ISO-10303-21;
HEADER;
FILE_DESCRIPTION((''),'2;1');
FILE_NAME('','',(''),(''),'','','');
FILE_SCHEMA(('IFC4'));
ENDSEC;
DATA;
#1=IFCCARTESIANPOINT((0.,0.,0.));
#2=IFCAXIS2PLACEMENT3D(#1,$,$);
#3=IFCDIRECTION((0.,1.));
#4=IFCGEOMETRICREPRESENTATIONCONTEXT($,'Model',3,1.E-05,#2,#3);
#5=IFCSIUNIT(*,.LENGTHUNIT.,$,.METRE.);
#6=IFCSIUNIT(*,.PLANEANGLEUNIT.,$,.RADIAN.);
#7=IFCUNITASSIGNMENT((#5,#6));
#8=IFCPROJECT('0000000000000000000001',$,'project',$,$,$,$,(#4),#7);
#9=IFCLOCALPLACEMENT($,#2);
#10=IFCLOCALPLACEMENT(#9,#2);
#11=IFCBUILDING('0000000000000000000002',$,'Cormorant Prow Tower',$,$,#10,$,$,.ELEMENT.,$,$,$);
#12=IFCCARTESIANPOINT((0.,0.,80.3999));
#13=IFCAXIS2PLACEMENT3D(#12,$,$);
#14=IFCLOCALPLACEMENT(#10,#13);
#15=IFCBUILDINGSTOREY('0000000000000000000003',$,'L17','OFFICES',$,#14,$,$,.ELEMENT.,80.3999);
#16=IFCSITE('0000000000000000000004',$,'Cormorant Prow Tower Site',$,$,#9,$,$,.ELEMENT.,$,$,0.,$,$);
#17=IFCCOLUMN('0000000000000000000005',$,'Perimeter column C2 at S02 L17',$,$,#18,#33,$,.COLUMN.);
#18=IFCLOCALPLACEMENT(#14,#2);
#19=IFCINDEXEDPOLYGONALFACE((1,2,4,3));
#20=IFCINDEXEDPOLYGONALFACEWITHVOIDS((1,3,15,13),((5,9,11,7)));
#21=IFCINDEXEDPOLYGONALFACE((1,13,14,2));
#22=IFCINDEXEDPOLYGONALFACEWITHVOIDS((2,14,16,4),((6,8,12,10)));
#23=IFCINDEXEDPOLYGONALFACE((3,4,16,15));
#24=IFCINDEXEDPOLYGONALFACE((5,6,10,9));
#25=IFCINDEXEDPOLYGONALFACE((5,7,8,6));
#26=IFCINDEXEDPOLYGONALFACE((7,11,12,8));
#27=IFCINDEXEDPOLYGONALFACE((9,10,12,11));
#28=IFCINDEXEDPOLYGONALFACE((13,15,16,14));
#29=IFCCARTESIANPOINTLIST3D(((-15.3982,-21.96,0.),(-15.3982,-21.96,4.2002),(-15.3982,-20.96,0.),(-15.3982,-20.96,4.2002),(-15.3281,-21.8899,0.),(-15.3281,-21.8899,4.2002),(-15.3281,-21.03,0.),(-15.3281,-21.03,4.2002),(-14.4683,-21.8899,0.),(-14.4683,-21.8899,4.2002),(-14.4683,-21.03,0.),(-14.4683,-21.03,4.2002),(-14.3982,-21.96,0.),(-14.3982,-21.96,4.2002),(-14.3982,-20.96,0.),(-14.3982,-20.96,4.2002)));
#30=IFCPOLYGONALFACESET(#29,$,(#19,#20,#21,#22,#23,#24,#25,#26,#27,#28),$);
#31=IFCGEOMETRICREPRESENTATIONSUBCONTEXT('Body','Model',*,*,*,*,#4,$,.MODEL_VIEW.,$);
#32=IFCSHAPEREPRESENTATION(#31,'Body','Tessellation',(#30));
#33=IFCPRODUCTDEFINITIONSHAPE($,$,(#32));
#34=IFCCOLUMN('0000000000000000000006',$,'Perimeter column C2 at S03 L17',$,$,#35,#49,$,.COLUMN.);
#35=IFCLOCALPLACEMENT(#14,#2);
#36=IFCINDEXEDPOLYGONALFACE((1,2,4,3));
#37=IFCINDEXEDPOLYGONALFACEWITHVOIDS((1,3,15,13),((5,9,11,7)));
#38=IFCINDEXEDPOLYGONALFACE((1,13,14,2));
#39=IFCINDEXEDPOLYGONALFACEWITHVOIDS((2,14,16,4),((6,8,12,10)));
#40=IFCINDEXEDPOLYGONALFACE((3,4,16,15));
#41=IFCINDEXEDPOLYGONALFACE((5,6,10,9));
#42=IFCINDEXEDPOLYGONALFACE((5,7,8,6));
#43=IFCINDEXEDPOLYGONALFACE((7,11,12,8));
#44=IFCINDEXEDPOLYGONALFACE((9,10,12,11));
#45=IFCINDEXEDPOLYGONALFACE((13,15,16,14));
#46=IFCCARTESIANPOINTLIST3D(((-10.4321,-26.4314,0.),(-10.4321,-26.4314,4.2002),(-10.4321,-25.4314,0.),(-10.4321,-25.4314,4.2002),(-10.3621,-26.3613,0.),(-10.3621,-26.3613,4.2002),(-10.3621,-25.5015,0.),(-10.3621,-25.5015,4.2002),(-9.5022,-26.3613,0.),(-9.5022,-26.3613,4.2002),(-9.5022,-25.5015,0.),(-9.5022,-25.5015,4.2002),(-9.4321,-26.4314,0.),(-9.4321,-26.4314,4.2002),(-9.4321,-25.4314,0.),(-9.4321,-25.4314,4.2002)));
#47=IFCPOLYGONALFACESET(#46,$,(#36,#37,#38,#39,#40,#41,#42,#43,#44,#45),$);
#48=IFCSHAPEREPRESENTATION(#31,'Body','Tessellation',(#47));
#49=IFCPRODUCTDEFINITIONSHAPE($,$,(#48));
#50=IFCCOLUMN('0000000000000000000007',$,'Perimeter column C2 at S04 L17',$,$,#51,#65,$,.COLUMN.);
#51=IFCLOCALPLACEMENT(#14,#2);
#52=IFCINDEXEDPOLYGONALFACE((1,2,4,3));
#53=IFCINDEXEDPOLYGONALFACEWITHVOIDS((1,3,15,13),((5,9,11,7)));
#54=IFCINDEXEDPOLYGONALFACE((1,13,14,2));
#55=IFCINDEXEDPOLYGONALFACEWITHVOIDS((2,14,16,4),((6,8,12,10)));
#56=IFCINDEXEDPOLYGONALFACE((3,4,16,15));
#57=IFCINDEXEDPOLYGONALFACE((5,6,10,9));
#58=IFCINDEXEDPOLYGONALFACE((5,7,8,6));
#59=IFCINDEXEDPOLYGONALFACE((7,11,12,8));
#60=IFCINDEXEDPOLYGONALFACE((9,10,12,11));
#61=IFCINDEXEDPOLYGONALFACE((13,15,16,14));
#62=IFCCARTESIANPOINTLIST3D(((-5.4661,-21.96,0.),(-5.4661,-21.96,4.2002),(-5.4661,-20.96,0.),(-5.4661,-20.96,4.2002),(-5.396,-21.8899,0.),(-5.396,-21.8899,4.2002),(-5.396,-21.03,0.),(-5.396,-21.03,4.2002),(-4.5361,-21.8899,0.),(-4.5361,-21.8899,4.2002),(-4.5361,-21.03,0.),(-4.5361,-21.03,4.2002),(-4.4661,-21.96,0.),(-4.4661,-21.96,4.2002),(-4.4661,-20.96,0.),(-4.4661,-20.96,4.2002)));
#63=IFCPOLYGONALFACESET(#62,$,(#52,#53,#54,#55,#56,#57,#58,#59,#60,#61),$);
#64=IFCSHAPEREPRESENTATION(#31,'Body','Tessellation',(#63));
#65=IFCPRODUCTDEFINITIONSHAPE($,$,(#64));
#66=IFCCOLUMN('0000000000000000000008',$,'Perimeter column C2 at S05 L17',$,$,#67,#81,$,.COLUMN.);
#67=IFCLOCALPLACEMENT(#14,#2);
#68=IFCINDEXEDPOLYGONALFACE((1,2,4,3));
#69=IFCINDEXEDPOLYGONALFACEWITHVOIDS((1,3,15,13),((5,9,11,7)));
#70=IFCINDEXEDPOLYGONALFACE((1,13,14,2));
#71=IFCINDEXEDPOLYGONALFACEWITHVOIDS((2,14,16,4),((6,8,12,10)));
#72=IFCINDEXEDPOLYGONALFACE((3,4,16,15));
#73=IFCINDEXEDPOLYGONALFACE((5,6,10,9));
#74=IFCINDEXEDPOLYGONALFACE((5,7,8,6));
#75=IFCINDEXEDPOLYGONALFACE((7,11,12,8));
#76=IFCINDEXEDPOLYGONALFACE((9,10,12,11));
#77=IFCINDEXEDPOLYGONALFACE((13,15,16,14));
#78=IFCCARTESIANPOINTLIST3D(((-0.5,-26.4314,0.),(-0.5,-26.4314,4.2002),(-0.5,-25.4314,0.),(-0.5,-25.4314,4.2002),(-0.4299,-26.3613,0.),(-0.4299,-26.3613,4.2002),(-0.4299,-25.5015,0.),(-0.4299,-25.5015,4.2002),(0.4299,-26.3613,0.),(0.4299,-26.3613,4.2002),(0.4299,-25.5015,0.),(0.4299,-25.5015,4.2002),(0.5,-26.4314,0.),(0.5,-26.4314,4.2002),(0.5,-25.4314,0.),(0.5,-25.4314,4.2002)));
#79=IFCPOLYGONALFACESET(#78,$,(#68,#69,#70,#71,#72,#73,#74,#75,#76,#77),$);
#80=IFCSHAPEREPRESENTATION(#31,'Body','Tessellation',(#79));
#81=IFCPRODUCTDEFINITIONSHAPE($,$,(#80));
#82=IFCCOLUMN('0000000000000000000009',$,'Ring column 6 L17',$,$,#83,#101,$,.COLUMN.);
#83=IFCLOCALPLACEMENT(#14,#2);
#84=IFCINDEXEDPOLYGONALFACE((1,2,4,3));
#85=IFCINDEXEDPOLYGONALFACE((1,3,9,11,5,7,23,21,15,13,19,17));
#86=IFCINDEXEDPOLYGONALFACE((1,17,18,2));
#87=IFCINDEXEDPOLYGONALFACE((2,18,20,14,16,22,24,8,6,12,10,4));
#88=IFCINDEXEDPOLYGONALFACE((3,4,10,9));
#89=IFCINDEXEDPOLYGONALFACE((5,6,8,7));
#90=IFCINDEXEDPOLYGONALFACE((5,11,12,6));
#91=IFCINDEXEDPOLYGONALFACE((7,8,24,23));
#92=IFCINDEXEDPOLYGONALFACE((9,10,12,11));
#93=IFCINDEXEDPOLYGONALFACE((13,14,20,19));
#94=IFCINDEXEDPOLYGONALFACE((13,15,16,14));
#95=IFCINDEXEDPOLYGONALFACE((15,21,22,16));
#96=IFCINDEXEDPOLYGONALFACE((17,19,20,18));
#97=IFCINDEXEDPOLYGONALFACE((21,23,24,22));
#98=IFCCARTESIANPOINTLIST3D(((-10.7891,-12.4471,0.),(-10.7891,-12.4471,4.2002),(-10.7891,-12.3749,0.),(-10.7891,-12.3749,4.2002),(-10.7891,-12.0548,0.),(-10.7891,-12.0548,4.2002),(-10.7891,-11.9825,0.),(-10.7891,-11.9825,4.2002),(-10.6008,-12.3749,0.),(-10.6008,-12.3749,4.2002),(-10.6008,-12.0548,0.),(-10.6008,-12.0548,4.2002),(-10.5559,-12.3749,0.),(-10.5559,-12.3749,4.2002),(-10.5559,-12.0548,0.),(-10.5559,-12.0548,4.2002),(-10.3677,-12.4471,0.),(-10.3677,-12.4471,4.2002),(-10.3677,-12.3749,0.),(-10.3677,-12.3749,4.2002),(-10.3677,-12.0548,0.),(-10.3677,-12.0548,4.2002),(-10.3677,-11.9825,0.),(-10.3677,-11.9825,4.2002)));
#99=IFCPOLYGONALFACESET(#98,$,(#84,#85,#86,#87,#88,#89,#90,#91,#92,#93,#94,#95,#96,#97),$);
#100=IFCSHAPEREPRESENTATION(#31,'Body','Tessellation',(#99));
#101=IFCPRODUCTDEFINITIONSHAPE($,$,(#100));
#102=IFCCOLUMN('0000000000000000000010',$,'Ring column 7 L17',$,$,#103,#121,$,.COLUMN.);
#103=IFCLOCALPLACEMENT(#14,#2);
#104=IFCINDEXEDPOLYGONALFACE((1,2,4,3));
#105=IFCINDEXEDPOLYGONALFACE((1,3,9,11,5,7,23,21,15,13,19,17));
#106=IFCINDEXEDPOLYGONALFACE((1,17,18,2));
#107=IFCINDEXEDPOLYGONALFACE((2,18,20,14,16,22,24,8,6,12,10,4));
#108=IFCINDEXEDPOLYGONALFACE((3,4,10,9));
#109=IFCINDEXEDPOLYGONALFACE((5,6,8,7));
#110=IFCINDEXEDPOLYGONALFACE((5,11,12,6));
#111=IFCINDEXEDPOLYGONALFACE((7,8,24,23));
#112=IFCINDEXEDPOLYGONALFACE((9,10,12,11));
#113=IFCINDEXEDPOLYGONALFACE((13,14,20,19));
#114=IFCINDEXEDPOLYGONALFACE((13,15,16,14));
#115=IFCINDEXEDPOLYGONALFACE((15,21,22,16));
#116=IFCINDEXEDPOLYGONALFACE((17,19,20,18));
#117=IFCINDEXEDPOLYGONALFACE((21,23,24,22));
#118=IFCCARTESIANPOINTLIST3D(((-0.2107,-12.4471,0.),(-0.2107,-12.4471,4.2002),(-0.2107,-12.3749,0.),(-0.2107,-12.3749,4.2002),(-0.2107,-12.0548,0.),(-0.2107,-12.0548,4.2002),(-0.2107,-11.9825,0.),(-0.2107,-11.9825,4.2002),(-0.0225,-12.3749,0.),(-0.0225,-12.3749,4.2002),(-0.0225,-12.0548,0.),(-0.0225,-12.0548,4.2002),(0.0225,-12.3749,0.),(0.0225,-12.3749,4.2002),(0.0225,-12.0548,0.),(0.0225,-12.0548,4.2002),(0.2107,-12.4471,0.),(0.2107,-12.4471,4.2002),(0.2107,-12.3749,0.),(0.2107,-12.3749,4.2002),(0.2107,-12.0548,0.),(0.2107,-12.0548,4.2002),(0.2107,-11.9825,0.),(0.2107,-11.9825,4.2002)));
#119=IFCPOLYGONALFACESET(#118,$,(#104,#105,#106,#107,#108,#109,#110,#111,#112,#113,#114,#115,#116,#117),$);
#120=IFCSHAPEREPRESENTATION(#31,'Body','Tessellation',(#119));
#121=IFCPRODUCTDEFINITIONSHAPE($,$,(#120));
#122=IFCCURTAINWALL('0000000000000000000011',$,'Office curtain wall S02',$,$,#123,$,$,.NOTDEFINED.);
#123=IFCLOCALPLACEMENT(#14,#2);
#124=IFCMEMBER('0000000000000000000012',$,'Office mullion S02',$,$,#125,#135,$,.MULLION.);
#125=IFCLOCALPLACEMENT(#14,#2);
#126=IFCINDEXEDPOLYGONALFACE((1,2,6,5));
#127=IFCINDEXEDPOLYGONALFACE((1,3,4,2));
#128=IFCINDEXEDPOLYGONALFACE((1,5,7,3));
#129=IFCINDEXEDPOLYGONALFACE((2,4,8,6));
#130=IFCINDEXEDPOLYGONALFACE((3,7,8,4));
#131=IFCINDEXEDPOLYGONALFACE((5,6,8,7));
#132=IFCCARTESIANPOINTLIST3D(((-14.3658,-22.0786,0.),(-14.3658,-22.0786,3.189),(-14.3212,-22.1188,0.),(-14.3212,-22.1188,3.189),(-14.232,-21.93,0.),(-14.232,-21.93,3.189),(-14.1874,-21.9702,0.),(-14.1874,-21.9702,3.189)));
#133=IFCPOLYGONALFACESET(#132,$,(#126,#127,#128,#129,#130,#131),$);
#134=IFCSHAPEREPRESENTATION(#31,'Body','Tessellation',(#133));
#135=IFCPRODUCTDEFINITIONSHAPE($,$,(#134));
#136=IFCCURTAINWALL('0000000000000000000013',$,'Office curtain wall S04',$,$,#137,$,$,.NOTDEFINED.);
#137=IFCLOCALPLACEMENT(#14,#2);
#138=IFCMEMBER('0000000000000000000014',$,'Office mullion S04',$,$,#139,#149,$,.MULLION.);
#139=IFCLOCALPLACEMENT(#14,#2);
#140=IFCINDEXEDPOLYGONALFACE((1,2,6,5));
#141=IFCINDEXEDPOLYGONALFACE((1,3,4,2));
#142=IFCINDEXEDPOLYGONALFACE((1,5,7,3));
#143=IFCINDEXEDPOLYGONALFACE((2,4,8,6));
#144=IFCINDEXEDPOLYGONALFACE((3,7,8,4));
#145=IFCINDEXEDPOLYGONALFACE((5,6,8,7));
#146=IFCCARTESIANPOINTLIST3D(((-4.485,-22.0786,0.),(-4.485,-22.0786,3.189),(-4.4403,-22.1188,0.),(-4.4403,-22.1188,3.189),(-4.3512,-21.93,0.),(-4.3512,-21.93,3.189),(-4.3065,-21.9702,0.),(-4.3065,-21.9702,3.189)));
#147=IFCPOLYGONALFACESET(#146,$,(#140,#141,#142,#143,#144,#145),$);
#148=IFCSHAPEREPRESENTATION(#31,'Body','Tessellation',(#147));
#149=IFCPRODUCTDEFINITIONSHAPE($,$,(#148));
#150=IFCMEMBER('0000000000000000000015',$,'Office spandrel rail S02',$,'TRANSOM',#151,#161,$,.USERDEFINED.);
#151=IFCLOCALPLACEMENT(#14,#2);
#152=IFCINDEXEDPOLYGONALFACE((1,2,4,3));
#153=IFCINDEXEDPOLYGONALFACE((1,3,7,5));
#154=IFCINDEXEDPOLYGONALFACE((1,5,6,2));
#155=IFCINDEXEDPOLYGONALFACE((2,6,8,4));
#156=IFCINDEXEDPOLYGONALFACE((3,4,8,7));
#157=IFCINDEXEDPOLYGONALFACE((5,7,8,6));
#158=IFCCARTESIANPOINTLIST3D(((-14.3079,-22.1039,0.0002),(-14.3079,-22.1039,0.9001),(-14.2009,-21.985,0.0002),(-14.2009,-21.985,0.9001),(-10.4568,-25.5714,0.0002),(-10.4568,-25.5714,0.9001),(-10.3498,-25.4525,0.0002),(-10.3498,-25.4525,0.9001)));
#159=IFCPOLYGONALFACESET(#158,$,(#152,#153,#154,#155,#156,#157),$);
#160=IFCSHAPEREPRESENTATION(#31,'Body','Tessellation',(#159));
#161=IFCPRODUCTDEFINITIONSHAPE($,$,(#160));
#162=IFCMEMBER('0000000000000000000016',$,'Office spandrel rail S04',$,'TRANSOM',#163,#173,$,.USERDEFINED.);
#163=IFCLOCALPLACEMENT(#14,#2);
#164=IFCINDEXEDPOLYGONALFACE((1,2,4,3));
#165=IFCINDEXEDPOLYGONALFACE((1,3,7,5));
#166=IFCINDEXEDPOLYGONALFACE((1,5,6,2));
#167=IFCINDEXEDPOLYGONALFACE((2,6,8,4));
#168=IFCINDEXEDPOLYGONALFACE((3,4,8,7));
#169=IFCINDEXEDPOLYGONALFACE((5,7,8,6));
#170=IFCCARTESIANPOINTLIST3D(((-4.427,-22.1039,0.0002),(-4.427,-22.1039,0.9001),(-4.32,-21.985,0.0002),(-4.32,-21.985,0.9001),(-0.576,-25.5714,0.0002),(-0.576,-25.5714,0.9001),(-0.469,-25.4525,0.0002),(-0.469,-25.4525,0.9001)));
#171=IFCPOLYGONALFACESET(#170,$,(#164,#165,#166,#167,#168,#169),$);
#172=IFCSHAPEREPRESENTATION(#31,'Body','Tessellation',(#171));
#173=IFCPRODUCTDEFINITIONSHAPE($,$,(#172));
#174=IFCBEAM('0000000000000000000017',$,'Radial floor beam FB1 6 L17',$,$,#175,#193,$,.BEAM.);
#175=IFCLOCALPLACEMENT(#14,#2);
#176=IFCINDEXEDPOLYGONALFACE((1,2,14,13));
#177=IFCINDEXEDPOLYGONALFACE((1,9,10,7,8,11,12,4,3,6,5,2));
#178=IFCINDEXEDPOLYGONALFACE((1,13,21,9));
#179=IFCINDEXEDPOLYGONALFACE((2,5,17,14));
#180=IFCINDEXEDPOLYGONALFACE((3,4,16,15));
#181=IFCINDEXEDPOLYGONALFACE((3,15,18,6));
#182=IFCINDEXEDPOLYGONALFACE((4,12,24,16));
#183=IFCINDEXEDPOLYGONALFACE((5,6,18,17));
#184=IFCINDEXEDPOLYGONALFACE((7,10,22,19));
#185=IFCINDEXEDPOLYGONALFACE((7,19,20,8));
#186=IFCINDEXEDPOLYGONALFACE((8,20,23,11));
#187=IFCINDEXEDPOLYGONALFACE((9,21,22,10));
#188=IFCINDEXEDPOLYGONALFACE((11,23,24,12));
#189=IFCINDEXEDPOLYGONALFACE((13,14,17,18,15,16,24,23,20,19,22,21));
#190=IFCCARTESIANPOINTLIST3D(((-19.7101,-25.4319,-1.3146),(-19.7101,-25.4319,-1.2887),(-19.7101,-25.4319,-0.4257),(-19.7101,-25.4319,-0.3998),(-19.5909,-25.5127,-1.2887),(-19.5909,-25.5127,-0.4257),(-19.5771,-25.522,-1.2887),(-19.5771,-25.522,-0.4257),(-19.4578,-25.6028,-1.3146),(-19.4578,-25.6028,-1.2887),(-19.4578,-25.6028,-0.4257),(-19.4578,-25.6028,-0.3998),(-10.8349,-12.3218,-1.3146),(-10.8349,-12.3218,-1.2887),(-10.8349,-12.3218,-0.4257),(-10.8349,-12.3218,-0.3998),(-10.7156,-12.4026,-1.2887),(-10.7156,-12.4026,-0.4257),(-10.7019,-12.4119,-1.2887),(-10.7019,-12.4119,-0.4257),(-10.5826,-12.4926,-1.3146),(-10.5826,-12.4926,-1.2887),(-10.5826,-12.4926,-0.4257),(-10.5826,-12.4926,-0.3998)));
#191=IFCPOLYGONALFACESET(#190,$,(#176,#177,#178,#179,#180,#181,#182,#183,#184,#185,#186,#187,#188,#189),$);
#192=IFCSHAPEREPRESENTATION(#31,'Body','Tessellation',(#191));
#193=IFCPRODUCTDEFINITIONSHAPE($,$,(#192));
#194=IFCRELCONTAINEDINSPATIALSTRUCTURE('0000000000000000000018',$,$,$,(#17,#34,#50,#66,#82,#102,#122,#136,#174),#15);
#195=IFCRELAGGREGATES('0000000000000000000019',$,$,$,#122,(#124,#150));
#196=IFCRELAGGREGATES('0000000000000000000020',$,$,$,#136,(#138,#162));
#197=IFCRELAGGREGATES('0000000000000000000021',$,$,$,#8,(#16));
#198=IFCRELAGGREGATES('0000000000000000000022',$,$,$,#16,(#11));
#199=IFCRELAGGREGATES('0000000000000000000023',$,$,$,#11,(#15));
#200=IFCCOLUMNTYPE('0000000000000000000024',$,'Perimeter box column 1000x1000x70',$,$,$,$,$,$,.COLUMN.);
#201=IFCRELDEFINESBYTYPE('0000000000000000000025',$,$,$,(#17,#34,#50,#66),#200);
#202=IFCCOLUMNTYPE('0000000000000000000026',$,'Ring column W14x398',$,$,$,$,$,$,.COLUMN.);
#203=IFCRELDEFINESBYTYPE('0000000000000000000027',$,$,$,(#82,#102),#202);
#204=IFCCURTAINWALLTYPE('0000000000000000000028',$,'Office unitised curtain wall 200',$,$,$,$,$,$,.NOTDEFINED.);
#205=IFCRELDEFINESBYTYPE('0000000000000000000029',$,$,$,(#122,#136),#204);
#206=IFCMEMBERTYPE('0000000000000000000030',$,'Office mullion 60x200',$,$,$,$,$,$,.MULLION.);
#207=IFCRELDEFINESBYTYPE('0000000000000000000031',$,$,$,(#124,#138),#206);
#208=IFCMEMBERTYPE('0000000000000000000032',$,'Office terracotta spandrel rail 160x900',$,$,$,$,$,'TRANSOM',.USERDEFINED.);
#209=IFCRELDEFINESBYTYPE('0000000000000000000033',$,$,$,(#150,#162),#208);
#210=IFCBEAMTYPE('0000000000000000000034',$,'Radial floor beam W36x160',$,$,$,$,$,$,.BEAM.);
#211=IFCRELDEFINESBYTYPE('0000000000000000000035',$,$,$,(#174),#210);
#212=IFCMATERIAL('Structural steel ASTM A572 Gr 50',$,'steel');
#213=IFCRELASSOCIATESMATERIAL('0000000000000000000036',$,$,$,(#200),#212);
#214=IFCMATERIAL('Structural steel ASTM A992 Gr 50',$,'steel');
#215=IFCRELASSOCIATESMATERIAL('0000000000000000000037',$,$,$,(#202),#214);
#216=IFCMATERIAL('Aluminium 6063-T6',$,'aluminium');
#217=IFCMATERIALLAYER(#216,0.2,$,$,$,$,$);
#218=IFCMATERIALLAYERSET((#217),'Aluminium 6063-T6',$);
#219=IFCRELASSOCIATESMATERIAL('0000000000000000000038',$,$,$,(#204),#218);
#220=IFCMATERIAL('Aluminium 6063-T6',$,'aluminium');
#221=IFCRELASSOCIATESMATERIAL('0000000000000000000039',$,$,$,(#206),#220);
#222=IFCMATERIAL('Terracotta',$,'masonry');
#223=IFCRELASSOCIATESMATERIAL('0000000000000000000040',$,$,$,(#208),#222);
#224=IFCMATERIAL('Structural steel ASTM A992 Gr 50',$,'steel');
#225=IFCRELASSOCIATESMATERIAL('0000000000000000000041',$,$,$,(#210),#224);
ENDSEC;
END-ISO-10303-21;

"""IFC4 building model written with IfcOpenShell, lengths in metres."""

from ifc_helpers import new_model, si_unit, direction, frame, origin, origin_2d, place, context, subcontext, project, spatial, rectangle, hollow_rectangle, i_section, extrude, material, layer, layer_set, material_profile, profile_set, type_object, element, aggregate, save


model = new_model("IFC4")

# Units and contexts
model_context = context("Model", 3, precision=1e-05, world=origin(), true_north=direction((0.0, 1.0)))
body_context = subcontext(model_context, "Body", "Model", "MODEL_VIEW")
ifc_project = project(units=[si_unit("LENGTHUNIT", "METRE"), si_unit("PLANEANGLEUNIT", "RADIAN")], contexts=[model_context])

# Site, building, storey
site_placement = place(None, origin())
site = spatial("IfcSite", under=ifc_project, at=site_placement, Name="Cormorant Prow Tower Site", CompositionType="ELEMENT", RefElevation=0.0)
building_placement = place(site_placement, origin())
building = spatial("IfcBuilding", under=site, at=building_placement, Name="Cormorant Prow Tower", CompositionType="ELEMENT")
storey_placement = place(building_placement, frame((0.0, 0.0, 80.3999)))
storey = spatial("IfcBuildingStorey", under=building, at=storey_placement, Name="L17", Description="OFFICES", CompositionType="ELEMENT", Elevation=80.3999)

# Columns
ifc_material_1 = material(Name="Structural steel ASTM A572 Gr 50", Category="steel")
ifc_material_profile_1 = material_profile(ifc_material_1, hollow_rectangle(XDim=1.0, YDim=1.0, WallThickness=0.0701, at=origin_2d()), Name="Box 1000x1000x70")
ifc_profile_set_1 = profile_set([ifc_material_profile_1], Name="Structural steel ASTM A572 Gr 50")
column_type_1 = type_object("IfcColumnType", Name="Perimeter box column 1000x1000x70", PredefinedType="COLUMN", material=ifc_profile_set_1)
for number, where, z_axis, x_axis, name in (
    (1, (-14.8982, -21.46, 0.0), (0.0, 0.0, 1.0), (1.0, 0.0, 0.0), "Perimeter column C2 at S02 L17"),
    (2, (-9.9321, -25.9314, 0.0), (0.0, 0.0, 1.0), (1.0, 0.0, 0.0), "Perimeter column C2 at S03 L17"),
    (3, (-4.9661, -21.46, 0.0), (0.0, 0.0, 1.0), (1.0, 0.0, 0.0), "Perimeter column C2 at S04 L17"),
    (4, (0.0, -25.9314, 0.0), (0.0, 0.0, 1.0), (1.0, 0.0, 0.0), "Perimeter column C2 at S05 L17"),
):
    element("IfcColumn", number, at=place(storey_placement, frame(where, z_axis=z_axis, x_axis=x_axis)), inside=storey, type_object=column_type_1, Name=name, PredefinedType="COLUMN", context=body_context, shape_type="SweptSolid", body=[
        extrude(hollow_rectangle(XDim=1.0, YDim=1.0, WallThickness=0.0701, at=origin_2d()), origin(), (0.0, 0.0, 1.0), 4.2002),
    ])
ifc_material_2 = material(Name="Structural steel ASTM A992 Gr 50", Category="steel")
ifc_material_profile_2 = material_profile(ifc_material_2, i_section(OverallWidth=0.4214, OverallDepth=0.4646, WebThickness=0.0449, FlangeThickness=0.0723, at=origin_2d()), Name="W14x398")
ifc_profile_set_2 = profile_set([ifc_material_profile_2], Name="Structural steel ASTM A992 Gr 50")
column_type_2 = type_object("IfcColumnType", Name="Ring column W14x398", PredefinedType="COLUMN", material=ifc_profile_set_2)
for number, where, z_axis, x_axis, name in (
    (5, (-10.5784, -12.2148, 0.0), (0.0, 0.0, 1.0), (1.0, 0.0, 0.0), "Ring column 6 L17"),
    (6, (0.0, -12.2148, 0.0), (0.0, 0.0, 1.0), (1.0, 0.0, 0.0), "Ring column 7 L17"),
):
    element("IfcColumn", number, at=place(storey_placement, frame(where, z_axis=z_axis, x_axis=x_axis)), inside=storey, type_object=column_type_2, Name=name, PredefinedType="COLUMN", context=body_context, shape_type="SweptSolid", body=[
        extrude(i_section(OverallWidth=0.4214, OverallDepth=0.4646, WebThickness=0.0449, FlangeThickness=0.0723, at=origin_2d()), origin(), (0.0, 0.0, 1.0), 4.2002),
    ])

# Curtain walls, members
ifc_material_3 = material(Name="Aluminium 6063-T6", Category="aluminium")
ifc_layer_1 = layer(ifc_material_3, 0.2)
ifc_layer_set_1 = layer_set([ifc_layer_1], Name="Aluminium 6063-T6")
curtain_wall_type = type_object("IfcCurtainWallType", Name="Office unitised curtain wall 200", PredefinedType="NOTDEFINED", material=ifc_layer_set_1)
curtain_wall_1_placement = place(storey_placement, origin())
curtain_wall_1 = element("IfcCurtainWall", 7, at=curtain_wall_1_placement, inside=storey, type_object=curtain_wall_type, Name="Office curtain wall S02", PredefinedType="NOTDEFINED")
ifc_material_4 = material(Name="Aluminium 6063-T6", Category="aluminium")
ifc_material_profile_3 = material_profile(ifc_material_4, rectangle(XDim=0.2, YDim=0.0601, at=origin_2d()), Name="Office mullion 60x200")
ifc_profile_set_3 = profile_set([ifc_material_profile_3], Name="Aluminium 6063-T6")
member_type_1 = type_object("IfcMemberType", Name="Office mullion 60x200", PredefinedType="MULLION", material=ifc_profile_set_3)
member_1_placement = place(storey_placement, frame((-14.2766, -22.0244, 0.0), z_axis=(0.0, 0.0, 1.0), x_axis=(0.669131, 0.743145, 0.0)))
member_1 = element("IfcMember", 8, at=member_1_placement, type_object=member_type_1, Name="Office mullion S02", PredefinedType="MULLION", context=body_context, shape_type="SweptSolid", body=[
    extrude(rectangle(XDim=0.2, YDim=0.0601, at=origin_2d()), origin(), (0.0, 0.0, 1.0), 3.189),
])
curtain_wall_2_placement = place(storey_placement, origin())
curtain_wall_2 = element("IfcCurtainWall", 9, at=curtain_wall_2_placement, inside=storey, type_object=curtain_wall_type, Name="Office curtain wall S04", PredefinedType="NOTDEFINED")
member_2_placement = place(storey_placement, frame((-4.3958, -22.0244, 0.0), z_axis=(0.0, 0.0, 1.0), x_axis=(0.669131, 0.743145, 0.0)))
member_2 = element("IfcMember", 10, at=member_2_placement, type_object=member_type_1, Name="Office mullion S04", PredefinedType="MULLION", context=body_context, shape_type="SweptSolid", body=[
    extrude(rectangle(XDim=0.2, YDim=0.0601, at=origin_2d()), origin(), (0.0, 0.0, 1.0), 3.189),
])

# Members
ifc_material_5 = material(Name="Terracotta", Category="masonry")
ifc_material_profile_4 = material_profile(ifc_material_5, rectangle(XDim=0.1599, YDim=0.8999, at=origin_2d()), Name="Office terracotta spandrel rail 160x900")
ifc_profile_set_4 = profile_set([ifc_material_profile_4], Name="Terracotta")
member_type_2 = type_object("IfcMemberType", Name="Office terracotta spandrel rail 160x900", ElementType="TRANSOM", PredefinedType="USERDEFINED", material=ifc_profile_set_4)
member_3_placement = place(storey_placement, frame((-14.2544, -22.0444, 0.4502), z_axis=(0.743144, -0.669131, 0.0), x_axis=(0.669131, 0.743144, 0.0)))
member_3 = element("IfcMember", 11, at=member_3_placement, type_object=member_type_2, Name="Office spandrel rail S02", ObjectType="TRANSOM", PredefinedType="USERDEFINED", context=body_context, shape_type="SweptSolid", body=[
    extrude(rectangle(XDim=0.1599, YDim=0.8999, at=origin_2d()), origin(), (0.0, 0.0, 1.0), 5.1821),
])
member_4_placement = place(storey_placement, frame((-4.3735, -22.0444, 0.4502), z_axis=(0.743144, -0.669131, 0.0), x_axis=(0.669131, 0.743144, 0.0)))
member_4 = element("IfcMember", 12, at=member_4_placement, type_object=member_type_2, Name="Office spandrel rail S04", ObjectType="TRANSOM", PredefinedType="USERDEFINED", context=body_context, shape_type="SweptSolid", body=[
    extrude(rectangle(XDim=0.1599, YDim=0.8999, at=origin_2d()), origin(), (0.0, 0.0, 1.0), 5.1821),
])

# Beam
ifc_material_6 = material(Name="Structural steel ASTM A992 Gr 50", Category="steel")
ifc_material_profile_5 = material_profile(ifc_material_6, i_section(OverallWidth=0.3047, OverallDepth=0.9148, WebThickness=0.0166, FlangeThickness=0.0259, at=origin_2d()), Name="W36x160")
ifc_profile_set_5 = profile_set([ifc_material_profile_5], Name="Structural steel ASTM A992 Gr 50")
beam_type_1 = type_object("IfcBeamType", Name="Radial floor beam W36x160", PredefinedType="BEAM", material=ifc_profile_set_5)
beam_1_placement = place(storey_placement, frame((-10.7087, -12.4072, -0.8572), z_axis=(-0.560597, -0.828089, 0.0), x_axis=(0.828089, -0.560597, 0.0)))
element("IfcBeam", 13, at=beam_1_placement, inside=storey, type_object=beam_type_1, Name="Radial floor beam FB1 6 L17", PredefinedType="BEAM", context=body_context, shape_type="SweptSolid", body=[
    extrude(i_section(OverallWidth=0.3047, OverallDepth=0.9148, WebThickness=0.0166, FlangeThickness=0.0259, at=origin_2d()), origin(), (0.0, 0.0, 1.0), 15.8318),
])

aggregate(curtain_wall_1, [member_1, member_3])
aggregate(curtain_wall_2, [member_2, member_4])

save(model, "model.ifc")
